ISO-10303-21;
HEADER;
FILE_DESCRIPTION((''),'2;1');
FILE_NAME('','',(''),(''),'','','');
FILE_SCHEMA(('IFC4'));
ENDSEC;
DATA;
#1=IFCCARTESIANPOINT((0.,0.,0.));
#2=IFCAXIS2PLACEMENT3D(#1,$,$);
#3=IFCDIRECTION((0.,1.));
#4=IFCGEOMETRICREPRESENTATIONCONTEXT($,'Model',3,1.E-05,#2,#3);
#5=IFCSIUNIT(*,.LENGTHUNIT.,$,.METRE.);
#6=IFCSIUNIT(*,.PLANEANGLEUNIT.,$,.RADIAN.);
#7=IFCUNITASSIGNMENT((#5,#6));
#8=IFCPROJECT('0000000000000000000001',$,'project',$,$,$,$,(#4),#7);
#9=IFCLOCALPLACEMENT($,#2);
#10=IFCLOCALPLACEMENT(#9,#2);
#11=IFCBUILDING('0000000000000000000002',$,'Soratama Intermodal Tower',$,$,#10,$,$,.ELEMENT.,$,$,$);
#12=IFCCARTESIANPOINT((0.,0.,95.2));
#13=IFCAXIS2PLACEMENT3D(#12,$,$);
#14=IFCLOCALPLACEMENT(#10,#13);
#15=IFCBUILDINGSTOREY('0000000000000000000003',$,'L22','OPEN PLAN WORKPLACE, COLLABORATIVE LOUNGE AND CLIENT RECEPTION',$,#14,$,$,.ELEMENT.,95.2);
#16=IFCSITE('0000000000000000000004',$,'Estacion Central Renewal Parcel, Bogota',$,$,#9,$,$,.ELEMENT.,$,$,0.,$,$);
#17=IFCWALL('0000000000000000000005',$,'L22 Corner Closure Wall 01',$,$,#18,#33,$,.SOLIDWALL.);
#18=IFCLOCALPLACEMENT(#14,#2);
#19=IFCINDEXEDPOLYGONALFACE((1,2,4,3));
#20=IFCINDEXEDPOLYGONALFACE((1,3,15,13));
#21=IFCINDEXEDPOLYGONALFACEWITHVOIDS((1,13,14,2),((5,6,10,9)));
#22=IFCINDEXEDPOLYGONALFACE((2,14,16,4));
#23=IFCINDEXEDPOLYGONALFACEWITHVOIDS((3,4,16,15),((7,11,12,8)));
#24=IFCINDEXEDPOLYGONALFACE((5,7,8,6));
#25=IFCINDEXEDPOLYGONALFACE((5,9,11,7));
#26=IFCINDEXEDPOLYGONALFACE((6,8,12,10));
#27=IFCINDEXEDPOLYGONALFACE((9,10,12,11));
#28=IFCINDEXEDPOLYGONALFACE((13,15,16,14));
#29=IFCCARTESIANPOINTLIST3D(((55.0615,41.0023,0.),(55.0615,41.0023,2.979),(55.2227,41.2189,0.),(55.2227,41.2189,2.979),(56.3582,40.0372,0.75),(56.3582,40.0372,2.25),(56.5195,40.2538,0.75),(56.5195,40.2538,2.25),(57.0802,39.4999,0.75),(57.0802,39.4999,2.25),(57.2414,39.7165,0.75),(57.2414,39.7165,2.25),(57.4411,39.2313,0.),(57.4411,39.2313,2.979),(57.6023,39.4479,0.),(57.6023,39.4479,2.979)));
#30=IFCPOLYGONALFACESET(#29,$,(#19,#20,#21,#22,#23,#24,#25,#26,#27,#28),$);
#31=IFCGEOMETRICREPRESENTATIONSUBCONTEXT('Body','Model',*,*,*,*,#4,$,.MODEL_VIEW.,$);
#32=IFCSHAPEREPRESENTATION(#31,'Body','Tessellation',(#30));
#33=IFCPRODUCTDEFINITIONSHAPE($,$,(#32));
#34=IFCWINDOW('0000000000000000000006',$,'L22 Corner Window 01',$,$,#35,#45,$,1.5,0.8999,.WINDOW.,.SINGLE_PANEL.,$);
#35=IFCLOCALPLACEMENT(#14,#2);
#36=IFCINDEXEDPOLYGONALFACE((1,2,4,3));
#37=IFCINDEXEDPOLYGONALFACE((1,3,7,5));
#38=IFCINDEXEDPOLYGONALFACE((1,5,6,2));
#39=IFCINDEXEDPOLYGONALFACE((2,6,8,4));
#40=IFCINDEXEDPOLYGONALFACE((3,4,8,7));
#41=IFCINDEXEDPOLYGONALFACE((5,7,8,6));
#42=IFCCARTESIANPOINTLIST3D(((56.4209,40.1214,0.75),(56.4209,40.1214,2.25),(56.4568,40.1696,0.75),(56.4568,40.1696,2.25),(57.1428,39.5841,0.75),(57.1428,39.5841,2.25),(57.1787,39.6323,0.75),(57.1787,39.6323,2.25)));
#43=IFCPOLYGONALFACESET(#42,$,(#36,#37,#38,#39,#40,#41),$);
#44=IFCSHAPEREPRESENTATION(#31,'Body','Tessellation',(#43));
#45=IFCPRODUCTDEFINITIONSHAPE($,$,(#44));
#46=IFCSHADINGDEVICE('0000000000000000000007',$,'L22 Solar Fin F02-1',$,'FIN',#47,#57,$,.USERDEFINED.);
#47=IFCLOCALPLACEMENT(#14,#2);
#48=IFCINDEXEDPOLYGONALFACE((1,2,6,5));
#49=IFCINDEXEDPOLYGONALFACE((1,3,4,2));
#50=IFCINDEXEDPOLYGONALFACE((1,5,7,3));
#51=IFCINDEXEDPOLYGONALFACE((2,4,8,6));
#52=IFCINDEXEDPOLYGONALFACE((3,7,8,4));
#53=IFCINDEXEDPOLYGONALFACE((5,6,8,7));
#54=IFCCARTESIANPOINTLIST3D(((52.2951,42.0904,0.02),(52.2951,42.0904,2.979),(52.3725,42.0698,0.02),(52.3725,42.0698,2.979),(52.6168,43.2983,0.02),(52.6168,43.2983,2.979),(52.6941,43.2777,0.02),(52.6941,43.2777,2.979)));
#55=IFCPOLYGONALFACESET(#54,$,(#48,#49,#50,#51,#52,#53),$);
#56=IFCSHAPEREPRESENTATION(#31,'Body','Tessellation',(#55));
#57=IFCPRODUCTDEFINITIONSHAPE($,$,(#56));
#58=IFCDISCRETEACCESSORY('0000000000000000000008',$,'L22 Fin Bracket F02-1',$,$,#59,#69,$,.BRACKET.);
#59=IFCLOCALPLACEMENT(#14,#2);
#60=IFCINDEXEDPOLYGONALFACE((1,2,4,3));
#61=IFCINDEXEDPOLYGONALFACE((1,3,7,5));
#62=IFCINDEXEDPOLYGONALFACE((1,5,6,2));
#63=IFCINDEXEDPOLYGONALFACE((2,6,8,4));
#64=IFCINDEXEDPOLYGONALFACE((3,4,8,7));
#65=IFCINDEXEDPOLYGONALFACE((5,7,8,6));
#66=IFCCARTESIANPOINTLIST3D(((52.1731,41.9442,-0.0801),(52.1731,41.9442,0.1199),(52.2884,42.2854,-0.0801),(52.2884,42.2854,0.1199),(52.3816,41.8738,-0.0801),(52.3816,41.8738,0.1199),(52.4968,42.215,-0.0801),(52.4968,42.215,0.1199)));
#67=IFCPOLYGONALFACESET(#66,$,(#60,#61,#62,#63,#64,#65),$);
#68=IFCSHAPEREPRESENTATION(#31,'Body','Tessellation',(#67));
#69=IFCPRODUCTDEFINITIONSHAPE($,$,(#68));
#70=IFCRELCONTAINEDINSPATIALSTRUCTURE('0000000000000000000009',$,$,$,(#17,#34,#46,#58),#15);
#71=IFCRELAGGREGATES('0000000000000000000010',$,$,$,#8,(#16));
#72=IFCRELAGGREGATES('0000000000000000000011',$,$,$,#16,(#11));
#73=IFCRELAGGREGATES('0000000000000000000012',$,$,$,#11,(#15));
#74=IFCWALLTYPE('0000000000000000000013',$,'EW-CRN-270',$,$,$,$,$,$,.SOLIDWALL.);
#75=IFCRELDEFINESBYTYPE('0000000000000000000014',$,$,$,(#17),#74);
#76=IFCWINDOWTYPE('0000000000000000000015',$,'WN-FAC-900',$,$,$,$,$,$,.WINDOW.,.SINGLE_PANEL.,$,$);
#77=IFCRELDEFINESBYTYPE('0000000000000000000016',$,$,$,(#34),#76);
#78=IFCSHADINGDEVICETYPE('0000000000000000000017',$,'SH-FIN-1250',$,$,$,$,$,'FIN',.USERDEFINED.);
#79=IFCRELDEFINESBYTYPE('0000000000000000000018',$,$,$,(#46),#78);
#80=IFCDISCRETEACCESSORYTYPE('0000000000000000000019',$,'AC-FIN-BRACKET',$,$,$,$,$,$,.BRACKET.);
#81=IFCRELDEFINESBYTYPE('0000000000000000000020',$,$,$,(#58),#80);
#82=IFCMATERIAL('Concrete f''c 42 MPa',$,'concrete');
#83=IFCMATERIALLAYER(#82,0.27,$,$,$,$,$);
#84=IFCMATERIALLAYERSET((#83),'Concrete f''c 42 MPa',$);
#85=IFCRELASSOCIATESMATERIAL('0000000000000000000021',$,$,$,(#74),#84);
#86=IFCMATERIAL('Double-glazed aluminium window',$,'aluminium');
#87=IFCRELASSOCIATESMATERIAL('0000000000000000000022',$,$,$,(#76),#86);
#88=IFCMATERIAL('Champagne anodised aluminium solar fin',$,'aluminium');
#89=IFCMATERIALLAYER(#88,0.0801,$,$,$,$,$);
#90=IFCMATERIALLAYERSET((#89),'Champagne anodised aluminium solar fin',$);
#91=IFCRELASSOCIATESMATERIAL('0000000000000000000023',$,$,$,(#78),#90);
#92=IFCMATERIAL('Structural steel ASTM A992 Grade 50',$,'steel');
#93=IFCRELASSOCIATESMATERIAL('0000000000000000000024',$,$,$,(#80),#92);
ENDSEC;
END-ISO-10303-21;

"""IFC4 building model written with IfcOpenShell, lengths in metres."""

from ifc_helpers import new_model, si_unit, direction, frame, frame_2d, origin, origin_2d, place, context, subcontext, project, spatial, rectangle, extrude, material, layer, layer_set, type_object, element, fill, save


model = new_model("IFC4")

# Units and contexts
model_context = context("Model", 3, precision=1e-05, world=origin(), true_north=direction((0.0, 1.0)))
body_context = subcontext(model_context, "Body", "Model", "MODEL_VIEW")
ifc_project = project(units=[si_unit("LENGTHUNIT", "METRE"), si_unit("PLANEANGLEUNIT", "RADIAN")], contexts=[model_context])

# Site, building, storey
site_placement = place(None, origin())
site = spatial("IfcSite", under=ifc_project, at=site_placement, Name="Estacion Central Renewal Parcel, Bogota", CompositionType="ELEMENT", RefElevation=0.0)
building_placement = place(site_placement, origin())
building = spatial("IfcBuilding", under=site, at=building_placement, Name="Soratama Intermodal Tower", CompositionType="ELEMENT")
storey_placement = place(building_placement, frame((0.0, 0.0, 95.2)))
storey = spatial("IfcBuildingStorey", under=building, at=storey_placement, Name="L22", Description="OPEN PLAN WORKPLACE, COLLABORATIVE LOUNGE AND CLIENT RECEPTION", CompositionType="ELEMENT", Elevation=95.2)

# Wall, opening, window
ifc_material_1 = material(Name="Concrete f'c 42 MPa", Category="concrete")
ifc_layer_1 = layer(ifc_material_1, 0.27)
ifc_layer_set_1 = layer_set([ifc_layer_1], Name="Concrete f'c 42 MPa")
wall_type = type_object("IfcWallType", Name="EW-CRN-270", PredefinedType="SOLIDWALL", material=ifc_layer_set_1)
wall_placement = place(storey_placement, frame((57.5217, 39.3396, 0.0), z_axis=(0.0, 0.0, 1.0), x_axis=(-0.802217, 0.597033, 0.0)))
wall = element("IfcWall", 1, at=wall_placement, inside=storey, type_object=wall_type, Name="L22 Corner Closure Wall 01", PredefinedType="SOLIDWALL", context=body_context, shape_type="SweptSolid", body=[
    extrude(rectangle(XDim=2.9663, YDim=0.27, at=frame_2d((1.4832, 0.0))), origin(), (0.0, 0.0, 1.0), 2.979),
])
opening_placement = place(wall_placement, frame((0.45, 0.0, 0.75)))
opening = element("IfcOpeningElement", 2, at=opening_placement, cuts=wall, PredefinedType="OPENING", context=body_context, shape_type="SweptSolid", body=[
    extrude(rectangle(XDim=0.8999, YDim=1.5, at=frame_2d((0.45, 0.75))), frame((0.0, 0.145, 0.0), z_axis=(0.0, -1.0, 0.0), x_axis=(1.0, 0.0, 0.0)), (0.0, 0.0, 1.0), 0.29),
])
ifc_material_2 = material(Name="Double-glazed aluminium window", Category="aluminium")
window_type = type_object("IfcWindowType", Name="WN-FAC-900", PartitioningType="SINGLE_PANEL", PredefinedType="WINDOW", material=ifc_material_2)
window_placement = place(opening_placement, origin())
window = element("IfcWindow", 3, at=window_placement, inside=storey, type_object=window_type, Name="L22 Corner Window 01", OverallHeight=1.5, OverallWidth=0.8999, PartitioningType="SINGLE_PANEL", PredefinedType="WINDOW", context=body_context, shape_type="SweptSolid", body=[
    extrude(rectangle(XDim=0.8999, YDim=1.5, at=frame_2d((0.45, 0.75))), frame((0.0, 0.03, 0.0), z_axis=(0.0, -1.0, 0.0), x_axis=(1.0, 0.0, 0.0)), (0.0, 0.0, 1.0), 0.0601),
])
fill(opening, window)

# Shading device
ifc_material_3 = material(Name="Champagne anodised aluminium solar fin", Category="aluminium")
ifc_layer_2 = layer(ifc_material_3, 0.0801)
ifc_layer_set_2 = layer_set([ifc_layer_2], Name="Champagne anodised aluminium solar fin")
shading_device_type = type_object("IfcShadingDeviceType", Name="SH-FIN-1250", ElementType="FIN", PredefinedType="USERDEFINED", material=ifc_layer_set_2)
shading_device_placement = place(storey_placement, frame((52.4946, 42.6841, 0.02), z_axis=(0.0, 0.0, 1.0), x_axis=(0.257301, 0.966331, 0.0)))
element("IfcShadingDevice", 4, at=shading_device_placement, inside=storey, type_object=shading_device_type, Name="L22 Solar Fin F02-1", ObjectType="FIN", PredefinedType="USERDEFINED", context=body_context, shape_type="SweptSolid", body=[
    extrude(rectangle(XDim=1.25, YDim=0.0801, at=origin_2d()), origin(), (0.0, 0.0, 1.0), 2.959),
])

# Discrete accessory
ifc_material_4 = material(Name="Structural steel ASTM A992 Grade 50", Category="steel")
discrete_accessory_type = type_object("IfcDiscreteAccessoryType", Name="AC-FIN-BRACKET", PredefinedType="BRACKET", material=ifc_material_4)
discrete_accessory_placement = place(storey_placement, frame((52.335, 42.0796, -0.0801), z_axis=(0.0, 0.0, 1.0), x_axis=(0.319952, 0.947434, 0.0)))
element("IfcDiscreteAccessory", 5, at=discrete_accessory_placement, inside=storey, type_object=discrete_accessory_type, Name="L22 Fin Bracket F02-1", PredefinedType="BRACKET", context=body_context, shape_type="SweptSolid", body=[
    extrude(rectangle(XDim=0.3601, YDim=0.22, at=origin_2d()), origin(), (0.0, 0.0, 1.0), 0.2),
])

save(model, "model.ifc")
